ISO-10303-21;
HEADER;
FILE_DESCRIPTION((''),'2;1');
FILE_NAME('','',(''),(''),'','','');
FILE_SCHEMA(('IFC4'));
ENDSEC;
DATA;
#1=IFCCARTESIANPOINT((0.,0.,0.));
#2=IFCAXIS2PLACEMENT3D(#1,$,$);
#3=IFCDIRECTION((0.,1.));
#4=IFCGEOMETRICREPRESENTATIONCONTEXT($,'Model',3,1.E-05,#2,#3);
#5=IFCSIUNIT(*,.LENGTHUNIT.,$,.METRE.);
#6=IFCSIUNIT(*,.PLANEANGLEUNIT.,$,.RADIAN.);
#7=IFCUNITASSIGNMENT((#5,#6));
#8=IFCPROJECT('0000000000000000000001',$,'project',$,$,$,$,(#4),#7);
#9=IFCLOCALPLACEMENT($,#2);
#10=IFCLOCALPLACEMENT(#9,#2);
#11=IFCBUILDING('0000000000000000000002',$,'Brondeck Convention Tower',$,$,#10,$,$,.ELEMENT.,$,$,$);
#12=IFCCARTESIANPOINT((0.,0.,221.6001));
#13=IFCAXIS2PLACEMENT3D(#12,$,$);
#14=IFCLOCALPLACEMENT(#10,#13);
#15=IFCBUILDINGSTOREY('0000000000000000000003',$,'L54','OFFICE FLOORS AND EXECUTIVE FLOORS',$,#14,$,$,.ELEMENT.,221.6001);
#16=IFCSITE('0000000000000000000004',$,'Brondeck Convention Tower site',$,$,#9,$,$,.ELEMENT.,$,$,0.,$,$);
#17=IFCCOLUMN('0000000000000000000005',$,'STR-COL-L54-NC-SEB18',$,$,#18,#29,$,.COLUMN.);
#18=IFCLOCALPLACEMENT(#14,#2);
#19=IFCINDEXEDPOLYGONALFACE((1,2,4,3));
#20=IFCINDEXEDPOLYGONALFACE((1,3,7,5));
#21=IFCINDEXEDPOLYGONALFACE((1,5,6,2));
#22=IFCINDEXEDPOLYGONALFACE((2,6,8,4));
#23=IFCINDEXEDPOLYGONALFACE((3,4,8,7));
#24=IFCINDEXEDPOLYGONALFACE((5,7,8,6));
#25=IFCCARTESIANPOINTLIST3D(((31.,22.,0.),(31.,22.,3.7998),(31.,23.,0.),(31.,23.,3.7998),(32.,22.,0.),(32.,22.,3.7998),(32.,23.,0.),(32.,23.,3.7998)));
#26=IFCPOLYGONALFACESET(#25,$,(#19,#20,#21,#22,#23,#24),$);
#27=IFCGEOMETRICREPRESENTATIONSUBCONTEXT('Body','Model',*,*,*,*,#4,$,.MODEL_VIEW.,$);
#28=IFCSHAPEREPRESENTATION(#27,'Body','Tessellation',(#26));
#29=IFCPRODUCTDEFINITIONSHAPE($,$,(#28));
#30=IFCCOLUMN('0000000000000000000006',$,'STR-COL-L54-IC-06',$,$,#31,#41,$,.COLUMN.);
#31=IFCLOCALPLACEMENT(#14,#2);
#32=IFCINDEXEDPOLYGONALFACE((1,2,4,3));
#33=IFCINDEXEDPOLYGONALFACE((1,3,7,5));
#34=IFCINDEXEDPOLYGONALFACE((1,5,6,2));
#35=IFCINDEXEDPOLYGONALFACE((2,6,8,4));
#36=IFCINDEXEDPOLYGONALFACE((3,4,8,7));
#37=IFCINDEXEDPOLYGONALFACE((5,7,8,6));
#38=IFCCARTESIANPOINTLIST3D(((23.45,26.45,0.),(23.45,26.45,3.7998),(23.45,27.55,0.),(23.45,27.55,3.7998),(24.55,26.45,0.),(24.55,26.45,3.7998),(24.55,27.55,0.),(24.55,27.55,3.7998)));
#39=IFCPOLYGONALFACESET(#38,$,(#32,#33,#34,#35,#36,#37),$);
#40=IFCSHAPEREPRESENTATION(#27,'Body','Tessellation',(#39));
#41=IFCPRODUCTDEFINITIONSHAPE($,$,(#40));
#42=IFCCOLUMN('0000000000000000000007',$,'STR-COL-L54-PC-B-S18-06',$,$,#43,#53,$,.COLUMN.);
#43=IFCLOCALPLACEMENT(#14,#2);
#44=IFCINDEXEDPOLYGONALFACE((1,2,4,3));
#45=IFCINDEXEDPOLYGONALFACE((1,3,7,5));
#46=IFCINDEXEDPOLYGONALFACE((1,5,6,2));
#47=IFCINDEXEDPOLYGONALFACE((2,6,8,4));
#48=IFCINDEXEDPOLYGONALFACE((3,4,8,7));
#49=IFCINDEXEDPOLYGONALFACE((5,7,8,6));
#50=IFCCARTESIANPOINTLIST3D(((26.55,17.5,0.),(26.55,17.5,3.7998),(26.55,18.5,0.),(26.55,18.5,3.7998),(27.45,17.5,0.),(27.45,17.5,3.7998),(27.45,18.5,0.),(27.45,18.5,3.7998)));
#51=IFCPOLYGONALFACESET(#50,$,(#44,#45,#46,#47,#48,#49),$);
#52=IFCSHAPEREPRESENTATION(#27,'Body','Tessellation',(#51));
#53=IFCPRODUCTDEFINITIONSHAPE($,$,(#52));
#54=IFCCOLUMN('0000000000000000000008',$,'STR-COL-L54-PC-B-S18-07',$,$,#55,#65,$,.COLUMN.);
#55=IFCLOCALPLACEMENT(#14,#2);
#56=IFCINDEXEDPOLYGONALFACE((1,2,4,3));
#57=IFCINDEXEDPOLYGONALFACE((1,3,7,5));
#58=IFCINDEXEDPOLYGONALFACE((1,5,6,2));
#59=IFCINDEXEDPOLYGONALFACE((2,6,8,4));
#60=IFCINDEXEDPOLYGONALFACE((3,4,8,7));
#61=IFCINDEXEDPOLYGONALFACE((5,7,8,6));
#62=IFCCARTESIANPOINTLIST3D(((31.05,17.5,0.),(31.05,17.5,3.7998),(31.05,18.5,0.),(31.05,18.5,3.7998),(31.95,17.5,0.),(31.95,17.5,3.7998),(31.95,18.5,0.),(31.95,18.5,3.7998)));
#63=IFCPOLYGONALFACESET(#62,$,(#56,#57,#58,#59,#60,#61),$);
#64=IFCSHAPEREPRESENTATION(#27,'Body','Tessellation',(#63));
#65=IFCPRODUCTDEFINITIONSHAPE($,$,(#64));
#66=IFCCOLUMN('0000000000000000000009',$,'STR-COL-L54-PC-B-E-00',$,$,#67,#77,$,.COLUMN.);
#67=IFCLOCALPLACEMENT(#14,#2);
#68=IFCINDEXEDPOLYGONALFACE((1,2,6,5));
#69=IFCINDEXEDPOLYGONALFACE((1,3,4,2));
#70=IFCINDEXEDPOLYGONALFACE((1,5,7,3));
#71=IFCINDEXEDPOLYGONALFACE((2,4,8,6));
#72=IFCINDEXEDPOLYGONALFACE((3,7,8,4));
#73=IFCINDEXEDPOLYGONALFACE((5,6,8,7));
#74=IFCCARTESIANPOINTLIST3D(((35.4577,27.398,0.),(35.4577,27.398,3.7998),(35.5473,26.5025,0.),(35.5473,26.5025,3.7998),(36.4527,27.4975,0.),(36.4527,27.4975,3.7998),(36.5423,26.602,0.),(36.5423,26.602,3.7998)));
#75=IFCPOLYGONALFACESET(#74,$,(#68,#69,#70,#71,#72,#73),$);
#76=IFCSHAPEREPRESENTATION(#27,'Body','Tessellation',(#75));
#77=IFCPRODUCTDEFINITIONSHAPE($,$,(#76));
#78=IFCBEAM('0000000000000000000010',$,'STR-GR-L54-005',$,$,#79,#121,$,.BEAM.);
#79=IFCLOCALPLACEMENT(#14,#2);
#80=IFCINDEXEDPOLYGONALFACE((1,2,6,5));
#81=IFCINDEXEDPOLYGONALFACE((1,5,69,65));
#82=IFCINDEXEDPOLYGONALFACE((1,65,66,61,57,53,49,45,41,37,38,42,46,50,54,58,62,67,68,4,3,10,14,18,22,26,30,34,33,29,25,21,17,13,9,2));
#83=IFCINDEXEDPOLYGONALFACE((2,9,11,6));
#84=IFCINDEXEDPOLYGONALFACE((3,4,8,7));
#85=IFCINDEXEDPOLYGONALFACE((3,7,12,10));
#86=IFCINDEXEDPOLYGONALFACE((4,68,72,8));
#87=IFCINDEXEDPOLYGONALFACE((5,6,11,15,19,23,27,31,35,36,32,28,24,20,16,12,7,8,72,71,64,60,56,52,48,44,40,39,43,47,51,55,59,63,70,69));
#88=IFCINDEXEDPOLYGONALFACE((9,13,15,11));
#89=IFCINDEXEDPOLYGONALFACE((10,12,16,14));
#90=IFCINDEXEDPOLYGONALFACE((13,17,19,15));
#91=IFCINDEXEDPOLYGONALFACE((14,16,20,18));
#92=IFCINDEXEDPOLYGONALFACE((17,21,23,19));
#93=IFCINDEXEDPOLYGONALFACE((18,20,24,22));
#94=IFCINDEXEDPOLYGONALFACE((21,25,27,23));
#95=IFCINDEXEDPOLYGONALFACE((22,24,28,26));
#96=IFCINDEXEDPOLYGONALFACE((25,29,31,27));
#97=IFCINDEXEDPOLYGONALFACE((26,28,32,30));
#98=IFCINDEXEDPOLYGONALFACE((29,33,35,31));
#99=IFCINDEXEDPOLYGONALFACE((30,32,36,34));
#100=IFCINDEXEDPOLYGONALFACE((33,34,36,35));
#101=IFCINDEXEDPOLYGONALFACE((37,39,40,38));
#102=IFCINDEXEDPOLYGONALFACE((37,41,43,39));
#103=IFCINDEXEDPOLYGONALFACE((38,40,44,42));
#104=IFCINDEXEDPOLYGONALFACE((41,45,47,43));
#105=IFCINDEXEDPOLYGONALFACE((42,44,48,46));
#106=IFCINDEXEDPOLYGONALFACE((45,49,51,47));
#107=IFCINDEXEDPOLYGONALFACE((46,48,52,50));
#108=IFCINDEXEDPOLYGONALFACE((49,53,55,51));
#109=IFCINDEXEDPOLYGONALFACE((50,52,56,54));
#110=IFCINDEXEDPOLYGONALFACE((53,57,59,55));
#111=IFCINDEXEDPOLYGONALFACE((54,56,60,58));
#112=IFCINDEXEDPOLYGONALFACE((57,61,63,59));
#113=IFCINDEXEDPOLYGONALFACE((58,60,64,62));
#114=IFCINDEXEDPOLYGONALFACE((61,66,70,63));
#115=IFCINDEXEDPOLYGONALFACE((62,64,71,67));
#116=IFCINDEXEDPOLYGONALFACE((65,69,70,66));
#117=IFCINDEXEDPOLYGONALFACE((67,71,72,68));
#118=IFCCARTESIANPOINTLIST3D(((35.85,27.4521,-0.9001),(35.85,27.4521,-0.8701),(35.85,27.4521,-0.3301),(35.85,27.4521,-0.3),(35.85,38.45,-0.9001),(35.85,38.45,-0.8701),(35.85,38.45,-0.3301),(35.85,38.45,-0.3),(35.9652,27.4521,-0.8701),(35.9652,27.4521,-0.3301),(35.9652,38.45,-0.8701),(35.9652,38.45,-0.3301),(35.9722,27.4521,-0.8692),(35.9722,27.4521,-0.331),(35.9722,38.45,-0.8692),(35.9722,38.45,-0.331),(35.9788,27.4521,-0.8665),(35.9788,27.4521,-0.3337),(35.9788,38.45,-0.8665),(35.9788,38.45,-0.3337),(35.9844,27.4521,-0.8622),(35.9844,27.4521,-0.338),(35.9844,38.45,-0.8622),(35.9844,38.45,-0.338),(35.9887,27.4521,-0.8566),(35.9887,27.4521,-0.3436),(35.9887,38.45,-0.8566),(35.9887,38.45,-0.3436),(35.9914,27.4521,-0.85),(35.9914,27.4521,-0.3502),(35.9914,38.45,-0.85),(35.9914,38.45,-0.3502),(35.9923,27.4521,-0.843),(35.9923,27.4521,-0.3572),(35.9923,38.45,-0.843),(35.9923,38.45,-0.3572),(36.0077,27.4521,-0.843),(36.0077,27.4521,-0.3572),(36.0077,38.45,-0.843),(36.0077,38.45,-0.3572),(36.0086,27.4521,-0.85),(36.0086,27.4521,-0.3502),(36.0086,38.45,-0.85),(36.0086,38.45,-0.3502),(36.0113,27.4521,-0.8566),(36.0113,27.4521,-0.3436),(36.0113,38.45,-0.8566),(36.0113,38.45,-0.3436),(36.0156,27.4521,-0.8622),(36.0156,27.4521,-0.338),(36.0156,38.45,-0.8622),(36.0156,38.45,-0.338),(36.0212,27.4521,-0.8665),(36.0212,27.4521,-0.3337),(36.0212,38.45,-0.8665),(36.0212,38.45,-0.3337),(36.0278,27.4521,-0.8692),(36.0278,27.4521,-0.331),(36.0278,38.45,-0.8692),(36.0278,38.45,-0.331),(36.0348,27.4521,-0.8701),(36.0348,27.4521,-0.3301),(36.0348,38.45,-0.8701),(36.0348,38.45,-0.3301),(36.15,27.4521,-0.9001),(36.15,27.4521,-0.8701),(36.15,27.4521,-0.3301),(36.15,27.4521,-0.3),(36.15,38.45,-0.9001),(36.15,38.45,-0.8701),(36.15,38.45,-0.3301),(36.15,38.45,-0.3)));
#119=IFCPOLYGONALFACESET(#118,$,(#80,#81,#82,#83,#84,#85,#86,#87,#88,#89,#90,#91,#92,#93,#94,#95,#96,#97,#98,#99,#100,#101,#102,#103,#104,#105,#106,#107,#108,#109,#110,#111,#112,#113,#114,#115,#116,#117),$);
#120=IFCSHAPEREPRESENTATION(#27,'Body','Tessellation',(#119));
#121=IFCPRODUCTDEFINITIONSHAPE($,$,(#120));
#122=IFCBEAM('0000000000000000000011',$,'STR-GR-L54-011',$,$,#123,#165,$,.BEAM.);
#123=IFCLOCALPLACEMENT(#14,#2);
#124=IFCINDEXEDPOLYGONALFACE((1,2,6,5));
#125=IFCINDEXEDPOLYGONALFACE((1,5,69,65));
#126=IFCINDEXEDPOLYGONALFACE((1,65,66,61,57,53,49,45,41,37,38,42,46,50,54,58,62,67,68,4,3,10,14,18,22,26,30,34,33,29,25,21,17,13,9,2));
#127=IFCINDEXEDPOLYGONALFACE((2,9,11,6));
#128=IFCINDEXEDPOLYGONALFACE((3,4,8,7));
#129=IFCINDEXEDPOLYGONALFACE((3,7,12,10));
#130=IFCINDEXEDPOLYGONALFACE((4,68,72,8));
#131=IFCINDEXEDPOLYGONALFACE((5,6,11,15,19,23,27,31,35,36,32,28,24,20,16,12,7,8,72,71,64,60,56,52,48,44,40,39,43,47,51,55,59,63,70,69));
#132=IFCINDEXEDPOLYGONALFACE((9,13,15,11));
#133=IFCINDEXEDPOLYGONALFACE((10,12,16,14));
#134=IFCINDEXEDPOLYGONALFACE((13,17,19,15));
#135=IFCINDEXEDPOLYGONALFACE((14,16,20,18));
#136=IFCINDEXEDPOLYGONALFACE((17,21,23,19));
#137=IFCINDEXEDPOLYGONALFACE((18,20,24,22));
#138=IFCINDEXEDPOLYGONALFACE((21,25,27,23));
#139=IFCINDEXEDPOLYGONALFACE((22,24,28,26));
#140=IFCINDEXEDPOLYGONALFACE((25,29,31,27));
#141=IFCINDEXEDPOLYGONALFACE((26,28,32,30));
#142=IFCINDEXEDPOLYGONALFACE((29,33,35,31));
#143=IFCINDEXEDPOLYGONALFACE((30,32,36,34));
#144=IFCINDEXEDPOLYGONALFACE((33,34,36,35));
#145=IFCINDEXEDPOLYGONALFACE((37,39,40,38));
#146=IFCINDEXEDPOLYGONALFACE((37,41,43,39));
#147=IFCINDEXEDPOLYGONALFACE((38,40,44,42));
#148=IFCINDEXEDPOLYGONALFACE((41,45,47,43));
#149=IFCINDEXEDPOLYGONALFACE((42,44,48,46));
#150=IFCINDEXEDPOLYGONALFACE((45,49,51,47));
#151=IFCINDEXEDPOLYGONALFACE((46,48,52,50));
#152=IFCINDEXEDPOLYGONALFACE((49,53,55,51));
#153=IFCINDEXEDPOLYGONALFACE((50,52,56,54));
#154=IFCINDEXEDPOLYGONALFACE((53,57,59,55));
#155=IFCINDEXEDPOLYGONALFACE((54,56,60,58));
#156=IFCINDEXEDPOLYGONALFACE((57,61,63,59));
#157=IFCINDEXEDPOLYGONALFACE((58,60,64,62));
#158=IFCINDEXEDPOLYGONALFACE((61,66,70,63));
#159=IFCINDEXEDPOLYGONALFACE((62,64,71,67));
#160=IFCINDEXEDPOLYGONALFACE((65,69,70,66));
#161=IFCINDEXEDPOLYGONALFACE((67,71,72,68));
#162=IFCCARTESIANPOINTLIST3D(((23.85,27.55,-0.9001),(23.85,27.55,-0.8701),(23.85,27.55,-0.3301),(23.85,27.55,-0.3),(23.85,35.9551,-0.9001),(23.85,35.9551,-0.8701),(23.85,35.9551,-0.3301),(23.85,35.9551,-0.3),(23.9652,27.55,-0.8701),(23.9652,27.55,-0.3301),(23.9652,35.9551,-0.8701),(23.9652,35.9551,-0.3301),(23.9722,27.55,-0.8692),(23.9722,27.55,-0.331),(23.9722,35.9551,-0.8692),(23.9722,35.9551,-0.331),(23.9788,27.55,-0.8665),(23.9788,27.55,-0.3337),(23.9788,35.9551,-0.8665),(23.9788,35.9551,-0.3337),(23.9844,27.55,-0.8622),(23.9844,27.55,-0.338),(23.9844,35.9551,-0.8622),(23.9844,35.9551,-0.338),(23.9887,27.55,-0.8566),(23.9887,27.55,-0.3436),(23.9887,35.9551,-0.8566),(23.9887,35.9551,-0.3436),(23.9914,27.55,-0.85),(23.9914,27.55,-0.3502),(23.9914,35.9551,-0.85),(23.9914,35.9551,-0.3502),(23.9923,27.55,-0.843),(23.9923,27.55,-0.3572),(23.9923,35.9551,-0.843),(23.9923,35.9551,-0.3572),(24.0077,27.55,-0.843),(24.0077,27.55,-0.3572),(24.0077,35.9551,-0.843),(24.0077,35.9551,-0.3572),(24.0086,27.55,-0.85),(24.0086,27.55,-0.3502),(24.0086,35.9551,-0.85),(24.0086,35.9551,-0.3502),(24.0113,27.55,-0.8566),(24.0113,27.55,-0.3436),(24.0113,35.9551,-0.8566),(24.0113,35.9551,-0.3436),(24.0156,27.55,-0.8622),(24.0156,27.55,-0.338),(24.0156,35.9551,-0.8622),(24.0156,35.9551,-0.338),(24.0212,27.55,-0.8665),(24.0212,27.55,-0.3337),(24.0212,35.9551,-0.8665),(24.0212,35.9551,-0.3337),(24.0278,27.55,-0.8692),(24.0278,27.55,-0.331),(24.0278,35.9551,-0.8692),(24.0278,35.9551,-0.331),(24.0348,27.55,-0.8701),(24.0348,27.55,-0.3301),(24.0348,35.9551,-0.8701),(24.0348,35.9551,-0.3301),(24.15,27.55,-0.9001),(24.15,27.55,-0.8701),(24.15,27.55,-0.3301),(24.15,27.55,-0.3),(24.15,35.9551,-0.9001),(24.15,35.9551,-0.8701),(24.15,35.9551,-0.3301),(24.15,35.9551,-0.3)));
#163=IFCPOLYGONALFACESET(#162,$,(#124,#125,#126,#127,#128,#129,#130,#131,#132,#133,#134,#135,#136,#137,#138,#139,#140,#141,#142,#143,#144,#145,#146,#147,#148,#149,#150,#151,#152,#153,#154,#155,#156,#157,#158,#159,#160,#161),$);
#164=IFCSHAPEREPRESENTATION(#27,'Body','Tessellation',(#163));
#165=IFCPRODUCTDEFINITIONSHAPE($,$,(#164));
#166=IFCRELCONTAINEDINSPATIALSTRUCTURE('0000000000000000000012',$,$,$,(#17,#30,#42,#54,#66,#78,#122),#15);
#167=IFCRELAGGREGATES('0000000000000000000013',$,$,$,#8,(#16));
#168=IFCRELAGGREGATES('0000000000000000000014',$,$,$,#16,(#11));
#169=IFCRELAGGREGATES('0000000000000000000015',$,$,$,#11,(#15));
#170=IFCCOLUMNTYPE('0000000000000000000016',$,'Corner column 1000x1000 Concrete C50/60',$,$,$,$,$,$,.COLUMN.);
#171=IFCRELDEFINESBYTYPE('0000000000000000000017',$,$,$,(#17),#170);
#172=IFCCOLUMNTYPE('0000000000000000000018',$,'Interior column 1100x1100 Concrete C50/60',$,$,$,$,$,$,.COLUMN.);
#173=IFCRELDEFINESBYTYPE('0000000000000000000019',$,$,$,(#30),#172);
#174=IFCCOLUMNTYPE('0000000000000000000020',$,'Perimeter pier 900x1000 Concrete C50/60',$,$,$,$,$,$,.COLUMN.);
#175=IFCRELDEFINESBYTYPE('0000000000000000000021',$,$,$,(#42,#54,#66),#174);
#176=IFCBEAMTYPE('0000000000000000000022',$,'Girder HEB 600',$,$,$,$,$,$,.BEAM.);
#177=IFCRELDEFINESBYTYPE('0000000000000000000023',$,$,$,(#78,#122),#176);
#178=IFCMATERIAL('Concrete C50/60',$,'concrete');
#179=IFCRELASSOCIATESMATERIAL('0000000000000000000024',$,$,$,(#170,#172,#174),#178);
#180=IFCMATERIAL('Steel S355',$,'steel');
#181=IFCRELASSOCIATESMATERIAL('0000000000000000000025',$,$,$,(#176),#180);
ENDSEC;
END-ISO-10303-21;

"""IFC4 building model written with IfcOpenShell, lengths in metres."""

from ifc_helpers import new_model, si_unit, direction, frame, origin, origin_2d, place, context, subcontext, project, spatial, rectangle, i_section, extrude, material, material_profile, profile_set, type_object, element, save


model = new_model("IFC4")

# Units and contexts
model_context = context("Model", 3, precision=1e-05, world=origin(), true_north=direction((0.0, 1.0)))
body_context = subcontext(model_context, "Body", "Model", "MODEL_VIEW")
ifc_project = project(units=[si_unit("LENGTHUNIT", "METRE"), si_unit("PLANEANGLEUNIT", "RADIAN")], contexts=[model_context])

# Site, building, storey
site_placement = place(None, origin())
site = spatial("IfcSite", under=ifc_project, at=site_placement, Name="Brondeck Convention Tower site", CompositionType="ELEMENT", RefElevation=0.0)
building_placement = place(site_placement, origin())
building = spatial("IfcBuilding", under=site, at=building_placement, Name="Brondeck Convention Tower", CompositionType="ELEMENT")
storey_placement = place(building_placement, frame((0.0, 0.0, 221.6001)))
storey = spatial("IfcBuildingStorey", under=building, at=storey_placement, Name="L54", Description="OFFICE FLOORS AND EXECUTIVE FLOORS", CompositionType="ELEMENT", Elevation=221.6001)

# Columns
ifc_material_1 = material(Name="Concrete C50/60", Category="concrete")
ifc_material_profile_1 = material_profile(ifc_material_1, rectangle(XDim=1.0, YDim=1.0, at=origin_2d()), Name="Corner column 1000x1000 Concrete C50/60")
ifc_profile_set_1 = profile_set([ifc_material_profile_1], Name="Concrete C50/60")
column_type_1 = type_object("IfcColumnType", Name="Corner column 1000x1000 Concrete C50/60", PredefinedType="COLUMN", material=ifc_profile_set_1)
column_1_placement = place(storey_placement, frame((31.5, 22.5, 0.0), z_axis=(0.0, 0.0, 1.0), x_axis=(1.0, 0.0, 0.0)))
element("IfcColumn", 1, at=column_1_placement, inside=storey, type_object=column_type_1, Name="STR-COL-L54-NC-SEB18", PredefinedType="COLUMN", context=body_context, shape_type="SweptSolid", body=[
    extrude(rectangle(XDim=1.0, YDim=1.0, at=origin_2d()), origin(), (0.0, 0.0, 1.0), 3.7998),
])
ifc_material_profile_2 = material_profile(ifc_material_1, rectangle(XDim=1.1001, YDim=1.1001, at=origin_2d()), Name="Interior column 1100x1100 Concrete C50/60")
ifc_profile_set_2 = profile_set([ifc_material_profile_2], Name="Concrete C50/60")
column_type_2 = type_object("IfcColumnType", Name="Interior column 1100x1100 Concrete C50/60", PredefinedType="COLUMN", material=ifc_profile_set_2)
column_2_placement = place(storey_placement, frame((24.0, 27.0, 0.0), z_axis=(0.0, 0.0, 1.0), x_axis=(1.0, 0.0, 0.0)))
element("IfcColumn", 2, at=column_2_placement, inside=storey, type_object=column_type_2, Name="STR-COL-L54-IC-06", PredefinedType="COLUMN", context=body_context, shape_type="SweptSolid", body=[
    extrude(rectangle(XDim=1.1001, YDim=1.1001, at=origin_2d()), origin(), (0.0, 0.0, 1.0), 3.7998),
])
ifc_material_profile_3 = material_profile(ifc_material_1, rectangle(XDim=0.8999, YDim=1.0, at=origin_2d()), Name="Perimeter pier 900x1000 Concrete C50/60")
ifc_profile_set_3 = profile_set([ifc_material_profile_3], Name="Concrete C50/60")
column_type_3 = type_object("IfcColumnType", Name="Perimeter pier 900x1000 Concrete C50/60", PredefinedType="COLUMN", material=ifc_profile_set_3)
for number, where, z_axis, x_axis, name in (
    (3, (27.0, 18.0, 0.0), (0.0, 0.0, 1.0), (1.0, 0.0, 0.0), "STR-COL-L54-PC-B-S18-06"),
    (4, (31.5, 18.0, 0.0), (0.0, 0.0, 1.0), (1.0, 0.0, 0.0), "STR-COL-L54-PC-B-S18-07"),
    (5, (36.0, 27.0, 0.0), (0.0, 0.0, 1.0), (-0.099504, 0.995037, 0.0), "STR-COL-L54-PC-B-E-00"),
):
    element("IfcColumn", number, at=place(storey_placement, frame(where, z_axis=z_axis, x_axis=x_axis)), inside=storey, type_object=column_type_3, Name=name, PredefinedType="COLUMN", context=body_context, shape_type="SweptSolid", body=[
        extrude(rectangle(XDim=0.8999, YDim=1.0, at=origin_2d()), origin(), (0.0, 0.0, 1.0), 3.7998),
    ])

# Beams
ifc_material_2 = material(Name="Steel S355", Category="steel")
ifc_material_profile_4 = material_profile(ifc_material_2, i_section(OverallWidth=0.3, OverallDepth=0.6001, WebThickness=0.0154, FlangeThickness=0.03, FilletRadius=0.0271, at=origin_2d()), Name="HEB 600")
ifc_profile_set_4 = profile_set([ifc_material_profile_4], Name="Steel S355")
beam_type_1 = type_object("IfcBeamType", Name="Girder HEB 600", PredefinedType="BEAM", material=ifc_profile_set_4)
beam_1_placement = place(storey_placement, frame((36.0, 27.4521, -0.6001), z_axis=(0.0, 1.0, 0.0), x_axis=(-1.0, 0.0, 0.0)))
element("IfcBeam", 6, at=beam_1_placement, inside=storey, type_object=beam_type_1, Name="STR-GR-L54-005", PredefinedType="BEAM", context=body_context, shape_type="SweptSolid", body=[
    extrude(i_section(OverallWidth=0.3, OverallDepth=0.6001, WebThickness=0.0154, FlangeThickness=0.03, FilletRadius=0.0271, at=origin_2d()), origin(), (0.0, 0.0, 1.0), 10.9978),
])
beam_2_placement = place(storey_placement, frame((24.0, 35.9551, -0.6001), z_axis=(0.0, -1.0, 0.0), x_axis=(1.0, 0.0, 0.0)))
element("IfcBeam", 7, at=beam_2_placement, inside=storey, type_object=beam_type_1, Name="STR-GR-L54-011", PredefinedType="BEAM", context=body_context, shape_type="SweptSolid", body=[
    extrude(i_section(OverallWidth=0.3, OverallDepth=0.6001, WebThickness=0.0154, FlangeThickness=0.03, FilletRadius=0.0271, at=origin_2d()), origin(), (0.0, 0.0, 1.0), 8.405),
])

save(model, "model.ifc")
